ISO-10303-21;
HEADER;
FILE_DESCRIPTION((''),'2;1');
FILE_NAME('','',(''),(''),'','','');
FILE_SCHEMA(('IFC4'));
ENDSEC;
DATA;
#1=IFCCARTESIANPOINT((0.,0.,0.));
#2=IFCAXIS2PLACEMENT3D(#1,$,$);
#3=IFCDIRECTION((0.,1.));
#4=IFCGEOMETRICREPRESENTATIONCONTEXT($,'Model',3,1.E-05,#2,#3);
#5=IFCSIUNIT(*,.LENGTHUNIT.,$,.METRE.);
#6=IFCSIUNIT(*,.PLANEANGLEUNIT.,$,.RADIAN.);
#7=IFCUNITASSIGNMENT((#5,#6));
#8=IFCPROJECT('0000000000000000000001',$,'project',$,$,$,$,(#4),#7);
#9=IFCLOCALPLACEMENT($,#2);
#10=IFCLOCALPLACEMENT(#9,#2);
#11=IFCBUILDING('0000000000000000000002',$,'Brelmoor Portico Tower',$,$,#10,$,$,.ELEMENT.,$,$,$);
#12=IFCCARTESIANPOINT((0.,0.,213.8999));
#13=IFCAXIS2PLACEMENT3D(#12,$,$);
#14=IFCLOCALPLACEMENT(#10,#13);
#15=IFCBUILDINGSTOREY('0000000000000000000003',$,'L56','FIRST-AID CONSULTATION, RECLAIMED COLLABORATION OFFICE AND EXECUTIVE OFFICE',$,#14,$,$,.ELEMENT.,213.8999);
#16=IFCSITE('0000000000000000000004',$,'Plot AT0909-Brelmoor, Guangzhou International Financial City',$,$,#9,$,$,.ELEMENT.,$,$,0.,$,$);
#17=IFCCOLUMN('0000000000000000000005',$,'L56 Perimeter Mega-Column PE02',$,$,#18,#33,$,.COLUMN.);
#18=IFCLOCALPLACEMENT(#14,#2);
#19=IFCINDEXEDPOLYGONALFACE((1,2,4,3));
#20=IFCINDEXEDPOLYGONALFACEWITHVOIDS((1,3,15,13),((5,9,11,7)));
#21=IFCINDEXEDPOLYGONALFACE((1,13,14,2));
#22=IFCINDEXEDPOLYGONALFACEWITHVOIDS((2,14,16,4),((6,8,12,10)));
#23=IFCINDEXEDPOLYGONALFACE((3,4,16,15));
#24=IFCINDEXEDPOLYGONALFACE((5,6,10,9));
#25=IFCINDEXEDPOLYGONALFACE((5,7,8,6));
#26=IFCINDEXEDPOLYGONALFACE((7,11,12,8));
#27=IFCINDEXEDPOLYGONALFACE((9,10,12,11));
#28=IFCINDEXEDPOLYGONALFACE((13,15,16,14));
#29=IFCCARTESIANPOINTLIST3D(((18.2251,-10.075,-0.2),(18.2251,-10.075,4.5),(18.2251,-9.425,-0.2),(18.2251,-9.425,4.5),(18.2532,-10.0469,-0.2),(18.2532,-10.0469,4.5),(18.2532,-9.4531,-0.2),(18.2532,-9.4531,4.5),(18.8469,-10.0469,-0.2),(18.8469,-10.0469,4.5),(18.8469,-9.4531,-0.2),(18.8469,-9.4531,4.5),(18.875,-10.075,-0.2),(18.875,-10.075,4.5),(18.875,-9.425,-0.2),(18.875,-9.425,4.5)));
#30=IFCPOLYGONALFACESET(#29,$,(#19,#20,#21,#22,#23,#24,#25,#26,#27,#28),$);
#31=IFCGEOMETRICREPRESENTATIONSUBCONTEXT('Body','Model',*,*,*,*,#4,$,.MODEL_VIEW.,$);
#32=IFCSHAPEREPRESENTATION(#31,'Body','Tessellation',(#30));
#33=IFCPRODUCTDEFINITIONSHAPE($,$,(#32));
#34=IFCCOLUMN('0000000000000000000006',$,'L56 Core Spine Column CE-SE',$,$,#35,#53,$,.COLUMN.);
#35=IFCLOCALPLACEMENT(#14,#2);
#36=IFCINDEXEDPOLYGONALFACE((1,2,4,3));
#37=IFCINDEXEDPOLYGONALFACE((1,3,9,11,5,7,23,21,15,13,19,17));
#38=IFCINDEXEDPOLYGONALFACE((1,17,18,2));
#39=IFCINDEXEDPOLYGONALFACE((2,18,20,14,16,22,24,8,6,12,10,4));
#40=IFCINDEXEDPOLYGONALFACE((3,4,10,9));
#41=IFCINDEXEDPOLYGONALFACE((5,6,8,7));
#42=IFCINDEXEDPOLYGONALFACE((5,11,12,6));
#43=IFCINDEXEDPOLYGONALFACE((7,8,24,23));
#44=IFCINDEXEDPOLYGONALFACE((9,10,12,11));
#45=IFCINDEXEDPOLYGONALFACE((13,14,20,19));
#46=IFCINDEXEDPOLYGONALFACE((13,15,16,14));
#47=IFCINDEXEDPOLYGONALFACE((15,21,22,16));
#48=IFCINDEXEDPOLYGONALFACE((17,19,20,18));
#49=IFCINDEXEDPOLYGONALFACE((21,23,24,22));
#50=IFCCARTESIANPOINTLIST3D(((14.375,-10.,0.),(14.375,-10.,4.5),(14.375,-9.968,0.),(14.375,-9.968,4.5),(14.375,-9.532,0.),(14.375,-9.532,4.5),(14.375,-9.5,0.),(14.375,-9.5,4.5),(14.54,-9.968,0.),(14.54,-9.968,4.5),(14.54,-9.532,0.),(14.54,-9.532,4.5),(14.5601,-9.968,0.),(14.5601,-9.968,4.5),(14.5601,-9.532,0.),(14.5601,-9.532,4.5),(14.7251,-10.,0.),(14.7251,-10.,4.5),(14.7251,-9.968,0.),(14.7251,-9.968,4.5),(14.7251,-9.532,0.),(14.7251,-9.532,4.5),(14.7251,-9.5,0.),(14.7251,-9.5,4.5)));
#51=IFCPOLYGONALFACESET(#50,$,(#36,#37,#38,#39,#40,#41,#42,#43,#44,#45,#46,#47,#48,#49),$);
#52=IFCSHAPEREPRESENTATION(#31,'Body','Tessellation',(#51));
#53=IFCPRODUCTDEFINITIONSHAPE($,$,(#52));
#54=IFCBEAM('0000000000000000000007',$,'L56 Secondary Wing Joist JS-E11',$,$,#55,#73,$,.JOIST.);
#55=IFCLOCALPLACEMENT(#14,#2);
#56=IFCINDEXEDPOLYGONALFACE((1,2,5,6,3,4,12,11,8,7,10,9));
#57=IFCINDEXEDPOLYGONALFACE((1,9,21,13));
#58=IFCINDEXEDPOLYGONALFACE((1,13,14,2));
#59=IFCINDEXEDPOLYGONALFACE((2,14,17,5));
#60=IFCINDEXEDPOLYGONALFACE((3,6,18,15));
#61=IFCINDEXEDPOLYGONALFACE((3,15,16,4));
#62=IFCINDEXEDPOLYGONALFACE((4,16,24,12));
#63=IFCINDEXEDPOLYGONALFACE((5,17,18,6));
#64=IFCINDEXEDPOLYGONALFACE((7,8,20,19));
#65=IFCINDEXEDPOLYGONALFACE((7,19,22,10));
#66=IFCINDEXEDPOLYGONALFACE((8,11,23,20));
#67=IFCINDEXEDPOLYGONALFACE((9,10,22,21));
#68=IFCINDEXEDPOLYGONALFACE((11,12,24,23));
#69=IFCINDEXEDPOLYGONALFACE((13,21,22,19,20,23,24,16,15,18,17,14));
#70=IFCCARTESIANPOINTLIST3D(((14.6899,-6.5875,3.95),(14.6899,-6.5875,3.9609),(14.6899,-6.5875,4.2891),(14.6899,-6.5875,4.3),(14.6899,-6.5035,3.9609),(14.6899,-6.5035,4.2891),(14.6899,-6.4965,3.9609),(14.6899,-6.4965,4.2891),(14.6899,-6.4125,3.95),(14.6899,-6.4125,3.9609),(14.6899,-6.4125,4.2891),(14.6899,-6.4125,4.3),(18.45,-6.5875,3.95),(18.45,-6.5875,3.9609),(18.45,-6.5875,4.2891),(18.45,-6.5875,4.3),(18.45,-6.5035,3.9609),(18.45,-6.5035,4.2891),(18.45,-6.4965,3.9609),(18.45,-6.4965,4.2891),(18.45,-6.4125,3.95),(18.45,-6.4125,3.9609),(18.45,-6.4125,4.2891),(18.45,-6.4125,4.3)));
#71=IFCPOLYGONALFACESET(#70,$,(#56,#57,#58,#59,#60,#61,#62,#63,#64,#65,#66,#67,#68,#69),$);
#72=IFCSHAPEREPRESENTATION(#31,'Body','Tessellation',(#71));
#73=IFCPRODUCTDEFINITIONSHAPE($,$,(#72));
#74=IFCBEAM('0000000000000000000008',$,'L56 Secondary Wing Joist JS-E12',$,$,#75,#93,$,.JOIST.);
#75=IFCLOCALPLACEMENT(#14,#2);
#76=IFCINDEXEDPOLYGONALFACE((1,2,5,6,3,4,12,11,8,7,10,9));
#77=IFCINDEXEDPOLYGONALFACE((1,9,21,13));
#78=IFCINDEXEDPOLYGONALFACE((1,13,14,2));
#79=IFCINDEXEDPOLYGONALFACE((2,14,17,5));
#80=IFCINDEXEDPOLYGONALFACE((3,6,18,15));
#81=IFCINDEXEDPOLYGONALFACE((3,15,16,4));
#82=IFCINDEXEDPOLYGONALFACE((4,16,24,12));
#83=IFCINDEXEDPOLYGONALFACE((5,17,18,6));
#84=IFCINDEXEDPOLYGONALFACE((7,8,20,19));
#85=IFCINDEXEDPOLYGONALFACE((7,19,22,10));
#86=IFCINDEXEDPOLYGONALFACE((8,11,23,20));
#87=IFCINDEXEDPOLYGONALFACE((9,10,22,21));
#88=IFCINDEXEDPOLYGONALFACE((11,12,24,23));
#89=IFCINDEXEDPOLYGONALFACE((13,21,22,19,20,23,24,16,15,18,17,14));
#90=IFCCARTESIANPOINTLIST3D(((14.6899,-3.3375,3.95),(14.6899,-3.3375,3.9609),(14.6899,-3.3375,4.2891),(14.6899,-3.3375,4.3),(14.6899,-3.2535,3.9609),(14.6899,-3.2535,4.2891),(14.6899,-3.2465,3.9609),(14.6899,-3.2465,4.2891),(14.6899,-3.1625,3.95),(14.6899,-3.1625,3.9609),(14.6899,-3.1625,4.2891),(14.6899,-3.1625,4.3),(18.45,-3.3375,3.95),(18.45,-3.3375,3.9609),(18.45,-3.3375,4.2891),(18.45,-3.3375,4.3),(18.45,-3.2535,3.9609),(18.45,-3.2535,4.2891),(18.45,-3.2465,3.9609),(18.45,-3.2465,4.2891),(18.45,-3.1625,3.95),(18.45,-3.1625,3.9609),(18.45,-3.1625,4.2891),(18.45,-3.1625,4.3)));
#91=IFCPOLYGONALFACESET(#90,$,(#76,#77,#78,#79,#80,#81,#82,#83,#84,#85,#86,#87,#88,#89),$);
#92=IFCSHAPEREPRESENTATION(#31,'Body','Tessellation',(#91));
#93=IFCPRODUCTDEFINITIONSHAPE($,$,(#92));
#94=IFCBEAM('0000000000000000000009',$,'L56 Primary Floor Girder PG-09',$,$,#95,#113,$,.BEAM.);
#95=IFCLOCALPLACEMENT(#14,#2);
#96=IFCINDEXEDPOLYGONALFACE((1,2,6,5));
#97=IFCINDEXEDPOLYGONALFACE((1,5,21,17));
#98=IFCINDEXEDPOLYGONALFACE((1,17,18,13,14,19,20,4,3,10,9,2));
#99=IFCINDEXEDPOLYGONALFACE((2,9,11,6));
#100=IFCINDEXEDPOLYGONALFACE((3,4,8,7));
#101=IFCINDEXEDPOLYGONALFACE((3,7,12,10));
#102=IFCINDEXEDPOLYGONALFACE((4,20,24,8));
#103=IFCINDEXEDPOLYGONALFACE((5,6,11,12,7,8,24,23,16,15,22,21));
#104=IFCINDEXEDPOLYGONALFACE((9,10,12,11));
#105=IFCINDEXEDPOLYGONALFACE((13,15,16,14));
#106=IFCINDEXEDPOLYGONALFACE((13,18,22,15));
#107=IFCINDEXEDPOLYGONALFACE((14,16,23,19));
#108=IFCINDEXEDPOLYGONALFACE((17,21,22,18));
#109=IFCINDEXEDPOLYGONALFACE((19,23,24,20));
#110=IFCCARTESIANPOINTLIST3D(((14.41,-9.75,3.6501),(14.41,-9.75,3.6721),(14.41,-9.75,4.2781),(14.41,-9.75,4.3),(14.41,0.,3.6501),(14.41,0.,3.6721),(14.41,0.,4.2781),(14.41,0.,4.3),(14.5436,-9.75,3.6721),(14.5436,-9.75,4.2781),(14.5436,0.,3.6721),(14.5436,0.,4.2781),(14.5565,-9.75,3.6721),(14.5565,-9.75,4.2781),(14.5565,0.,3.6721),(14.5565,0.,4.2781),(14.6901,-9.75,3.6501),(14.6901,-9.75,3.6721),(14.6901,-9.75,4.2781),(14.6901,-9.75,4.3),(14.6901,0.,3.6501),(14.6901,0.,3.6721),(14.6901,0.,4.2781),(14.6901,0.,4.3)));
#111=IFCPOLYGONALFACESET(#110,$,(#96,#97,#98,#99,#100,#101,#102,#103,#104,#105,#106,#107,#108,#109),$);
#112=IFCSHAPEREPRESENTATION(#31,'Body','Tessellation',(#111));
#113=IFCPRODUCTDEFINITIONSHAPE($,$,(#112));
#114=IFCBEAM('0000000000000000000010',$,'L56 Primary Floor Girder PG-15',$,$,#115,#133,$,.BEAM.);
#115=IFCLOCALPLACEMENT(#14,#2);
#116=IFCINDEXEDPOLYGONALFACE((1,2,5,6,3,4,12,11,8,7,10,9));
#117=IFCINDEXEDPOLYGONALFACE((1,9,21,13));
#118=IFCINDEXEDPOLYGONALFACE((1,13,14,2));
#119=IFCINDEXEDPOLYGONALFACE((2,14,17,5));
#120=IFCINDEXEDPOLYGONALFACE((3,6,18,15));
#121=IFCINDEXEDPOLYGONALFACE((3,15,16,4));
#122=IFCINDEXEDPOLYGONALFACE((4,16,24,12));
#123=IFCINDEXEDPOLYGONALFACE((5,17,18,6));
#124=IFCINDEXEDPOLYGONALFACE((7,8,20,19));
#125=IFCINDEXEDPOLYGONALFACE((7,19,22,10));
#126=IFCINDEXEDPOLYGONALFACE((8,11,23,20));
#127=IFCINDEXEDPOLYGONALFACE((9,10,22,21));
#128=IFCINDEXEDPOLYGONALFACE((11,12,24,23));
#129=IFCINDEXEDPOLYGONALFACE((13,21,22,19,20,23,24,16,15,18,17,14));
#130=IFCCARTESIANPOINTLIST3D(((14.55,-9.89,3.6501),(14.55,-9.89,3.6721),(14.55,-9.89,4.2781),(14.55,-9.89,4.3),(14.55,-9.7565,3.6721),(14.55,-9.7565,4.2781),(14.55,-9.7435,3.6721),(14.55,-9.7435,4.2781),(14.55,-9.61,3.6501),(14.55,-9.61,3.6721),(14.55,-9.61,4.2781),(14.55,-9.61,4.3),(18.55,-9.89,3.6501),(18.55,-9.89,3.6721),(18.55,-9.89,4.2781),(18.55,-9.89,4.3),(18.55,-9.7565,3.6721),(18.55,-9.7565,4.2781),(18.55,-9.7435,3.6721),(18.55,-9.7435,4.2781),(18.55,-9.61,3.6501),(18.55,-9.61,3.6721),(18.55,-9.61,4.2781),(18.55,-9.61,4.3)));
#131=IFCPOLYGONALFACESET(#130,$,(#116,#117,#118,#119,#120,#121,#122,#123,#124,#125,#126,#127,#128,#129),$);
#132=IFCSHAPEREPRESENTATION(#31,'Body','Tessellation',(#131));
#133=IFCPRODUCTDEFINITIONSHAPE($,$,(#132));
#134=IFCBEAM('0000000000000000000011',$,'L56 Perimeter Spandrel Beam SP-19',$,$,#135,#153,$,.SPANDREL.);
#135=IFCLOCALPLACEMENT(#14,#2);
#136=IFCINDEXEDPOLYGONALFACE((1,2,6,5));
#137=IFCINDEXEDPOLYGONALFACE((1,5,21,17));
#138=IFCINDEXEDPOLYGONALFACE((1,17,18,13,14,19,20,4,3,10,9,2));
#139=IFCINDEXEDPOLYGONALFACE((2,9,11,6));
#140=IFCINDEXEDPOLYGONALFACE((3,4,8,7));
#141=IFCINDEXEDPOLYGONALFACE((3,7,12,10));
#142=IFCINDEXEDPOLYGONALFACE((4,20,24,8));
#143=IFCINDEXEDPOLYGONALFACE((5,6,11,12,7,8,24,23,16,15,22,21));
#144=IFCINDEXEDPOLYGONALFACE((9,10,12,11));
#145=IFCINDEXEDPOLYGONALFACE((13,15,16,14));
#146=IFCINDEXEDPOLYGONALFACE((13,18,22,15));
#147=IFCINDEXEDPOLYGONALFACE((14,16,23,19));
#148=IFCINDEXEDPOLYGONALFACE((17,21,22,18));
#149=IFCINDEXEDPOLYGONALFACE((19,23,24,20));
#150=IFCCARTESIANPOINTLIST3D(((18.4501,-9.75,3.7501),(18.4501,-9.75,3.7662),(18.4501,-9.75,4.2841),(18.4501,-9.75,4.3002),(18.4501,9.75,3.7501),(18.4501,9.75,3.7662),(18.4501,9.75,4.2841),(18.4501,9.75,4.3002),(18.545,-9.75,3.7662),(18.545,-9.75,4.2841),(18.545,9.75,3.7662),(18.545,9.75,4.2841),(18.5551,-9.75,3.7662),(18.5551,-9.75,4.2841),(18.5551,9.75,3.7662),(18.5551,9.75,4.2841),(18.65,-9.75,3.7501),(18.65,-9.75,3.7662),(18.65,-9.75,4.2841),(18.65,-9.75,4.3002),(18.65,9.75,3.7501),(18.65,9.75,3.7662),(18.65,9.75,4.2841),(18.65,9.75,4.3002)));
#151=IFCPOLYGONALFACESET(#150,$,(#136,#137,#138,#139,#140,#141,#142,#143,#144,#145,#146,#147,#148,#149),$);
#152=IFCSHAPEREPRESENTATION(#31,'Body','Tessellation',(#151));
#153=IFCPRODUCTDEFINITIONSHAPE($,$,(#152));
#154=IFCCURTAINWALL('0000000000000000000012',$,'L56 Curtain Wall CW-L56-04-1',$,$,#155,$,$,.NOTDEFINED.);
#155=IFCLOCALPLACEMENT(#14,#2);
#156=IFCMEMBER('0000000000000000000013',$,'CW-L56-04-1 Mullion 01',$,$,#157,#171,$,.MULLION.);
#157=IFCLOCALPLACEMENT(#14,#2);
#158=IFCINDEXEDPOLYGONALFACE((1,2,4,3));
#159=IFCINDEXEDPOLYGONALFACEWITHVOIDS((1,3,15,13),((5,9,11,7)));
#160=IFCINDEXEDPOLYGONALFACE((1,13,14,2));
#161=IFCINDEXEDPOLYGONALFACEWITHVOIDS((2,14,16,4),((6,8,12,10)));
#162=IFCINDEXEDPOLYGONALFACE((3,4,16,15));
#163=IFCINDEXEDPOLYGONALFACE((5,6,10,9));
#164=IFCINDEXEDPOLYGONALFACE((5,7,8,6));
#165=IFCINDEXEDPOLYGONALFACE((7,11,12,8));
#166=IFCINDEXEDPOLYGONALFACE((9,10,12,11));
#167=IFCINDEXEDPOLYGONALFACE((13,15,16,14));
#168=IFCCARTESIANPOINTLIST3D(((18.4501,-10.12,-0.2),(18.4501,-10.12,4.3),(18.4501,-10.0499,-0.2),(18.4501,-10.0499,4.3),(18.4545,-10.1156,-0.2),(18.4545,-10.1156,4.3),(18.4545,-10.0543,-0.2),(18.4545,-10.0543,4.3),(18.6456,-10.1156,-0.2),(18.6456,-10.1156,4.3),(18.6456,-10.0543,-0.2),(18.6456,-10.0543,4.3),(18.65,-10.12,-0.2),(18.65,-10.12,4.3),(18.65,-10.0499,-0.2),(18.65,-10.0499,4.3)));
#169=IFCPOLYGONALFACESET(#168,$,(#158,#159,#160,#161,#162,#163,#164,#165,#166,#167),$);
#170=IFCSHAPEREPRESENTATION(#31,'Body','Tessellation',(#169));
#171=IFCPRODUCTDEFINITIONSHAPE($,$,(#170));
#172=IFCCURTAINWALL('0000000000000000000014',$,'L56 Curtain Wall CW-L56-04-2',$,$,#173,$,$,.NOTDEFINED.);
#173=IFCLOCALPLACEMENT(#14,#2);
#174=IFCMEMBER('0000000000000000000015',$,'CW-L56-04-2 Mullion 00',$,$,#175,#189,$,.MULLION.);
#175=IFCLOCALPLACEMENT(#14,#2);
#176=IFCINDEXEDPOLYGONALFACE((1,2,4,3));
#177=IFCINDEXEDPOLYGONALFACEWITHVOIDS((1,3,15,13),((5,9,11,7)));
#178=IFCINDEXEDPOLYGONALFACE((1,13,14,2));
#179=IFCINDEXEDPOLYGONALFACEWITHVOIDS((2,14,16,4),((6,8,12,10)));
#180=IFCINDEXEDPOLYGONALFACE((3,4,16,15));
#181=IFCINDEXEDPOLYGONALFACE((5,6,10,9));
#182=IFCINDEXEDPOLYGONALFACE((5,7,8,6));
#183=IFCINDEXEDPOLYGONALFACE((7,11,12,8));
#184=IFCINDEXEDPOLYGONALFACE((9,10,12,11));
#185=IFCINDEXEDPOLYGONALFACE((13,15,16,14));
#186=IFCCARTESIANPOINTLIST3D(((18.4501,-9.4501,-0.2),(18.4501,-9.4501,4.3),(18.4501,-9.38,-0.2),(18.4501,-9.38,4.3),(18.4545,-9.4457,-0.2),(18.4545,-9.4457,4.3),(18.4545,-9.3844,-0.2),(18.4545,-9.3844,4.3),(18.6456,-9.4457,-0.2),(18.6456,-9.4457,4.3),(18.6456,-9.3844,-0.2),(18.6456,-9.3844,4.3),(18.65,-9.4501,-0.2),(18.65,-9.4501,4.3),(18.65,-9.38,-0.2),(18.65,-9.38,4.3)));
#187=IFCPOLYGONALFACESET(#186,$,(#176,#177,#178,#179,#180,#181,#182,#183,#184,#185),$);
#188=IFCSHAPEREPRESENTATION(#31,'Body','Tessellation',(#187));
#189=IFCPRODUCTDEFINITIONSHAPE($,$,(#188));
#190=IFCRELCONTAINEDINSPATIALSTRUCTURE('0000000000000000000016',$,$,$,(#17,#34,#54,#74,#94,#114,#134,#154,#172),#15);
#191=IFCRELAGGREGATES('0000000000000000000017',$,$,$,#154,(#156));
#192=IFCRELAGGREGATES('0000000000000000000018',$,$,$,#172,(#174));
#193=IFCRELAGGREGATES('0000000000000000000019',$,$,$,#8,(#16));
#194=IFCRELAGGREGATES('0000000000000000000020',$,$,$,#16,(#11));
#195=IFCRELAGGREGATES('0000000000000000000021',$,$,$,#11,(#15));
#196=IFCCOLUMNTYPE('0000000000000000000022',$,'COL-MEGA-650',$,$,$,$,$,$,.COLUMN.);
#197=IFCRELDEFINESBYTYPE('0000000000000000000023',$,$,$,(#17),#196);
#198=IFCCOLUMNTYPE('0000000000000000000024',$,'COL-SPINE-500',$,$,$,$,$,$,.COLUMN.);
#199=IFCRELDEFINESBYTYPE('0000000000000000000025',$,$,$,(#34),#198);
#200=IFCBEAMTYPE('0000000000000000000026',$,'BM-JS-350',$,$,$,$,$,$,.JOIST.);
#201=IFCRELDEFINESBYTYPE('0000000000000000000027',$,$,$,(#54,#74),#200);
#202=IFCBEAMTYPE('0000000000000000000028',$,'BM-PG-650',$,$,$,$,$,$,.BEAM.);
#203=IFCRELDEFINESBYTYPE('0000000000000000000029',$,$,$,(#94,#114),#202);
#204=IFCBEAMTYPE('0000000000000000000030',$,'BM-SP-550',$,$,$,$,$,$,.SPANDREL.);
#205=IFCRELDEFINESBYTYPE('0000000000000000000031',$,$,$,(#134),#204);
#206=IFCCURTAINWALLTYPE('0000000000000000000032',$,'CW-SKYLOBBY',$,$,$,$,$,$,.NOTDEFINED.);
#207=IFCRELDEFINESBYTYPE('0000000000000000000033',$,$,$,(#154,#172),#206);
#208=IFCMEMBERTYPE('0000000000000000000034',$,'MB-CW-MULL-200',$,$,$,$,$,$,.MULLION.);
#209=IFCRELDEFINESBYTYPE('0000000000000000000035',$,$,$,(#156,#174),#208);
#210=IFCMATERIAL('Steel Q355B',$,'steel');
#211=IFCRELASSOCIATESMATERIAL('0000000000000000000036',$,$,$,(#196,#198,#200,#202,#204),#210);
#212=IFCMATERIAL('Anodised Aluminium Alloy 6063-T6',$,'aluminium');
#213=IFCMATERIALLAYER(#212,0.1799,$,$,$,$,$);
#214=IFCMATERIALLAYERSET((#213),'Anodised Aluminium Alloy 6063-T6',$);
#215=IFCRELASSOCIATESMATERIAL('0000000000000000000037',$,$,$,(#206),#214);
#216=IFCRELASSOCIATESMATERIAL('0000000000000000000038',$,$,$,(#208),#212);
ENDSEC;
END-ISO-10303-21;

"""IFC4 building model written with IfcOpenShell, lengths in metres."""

from ifc_helpers import new_model, si_unit, direction, frame, origin, origin_2d, place, context, subcontext, project, spatial, hollow_rectangle, i_section, extrude, material, layer, layer_set, material_profile, profile_set, type_object, element, aggregate, save


model = new_model("IFC4")

# Units and contexts
model_context = context("Model", 3, precision=1e-05, world=origin(), true_north=direction((0.0, 1.0)))
body_context = subcontext(model_context, "Body", "Model", "MODEL_VIEW")
ifc_project = project(units=[si_unit("LENGTHUNIT", "METRE"), si_unit("PLANEANGLEUNIT", "RADIAN")], contexts=[model_context])

# Site, building, storey
site_placement = place(None, origin())
site = spatial("IfcSite", under=ifc_project, at=site_placement, Name="Plot AT0909-Brelmoor, Guangzhou International Financial City", CompositionType="ELEMENT", RefElevation=0.0)
building_placement = place(site_placement, origin())
building = spatial("IfcBuilding", under=site, at=building_placement, Name="Brelmoor Portico Tower", CompositionType="ELEMENT")
storey_placement = place(building_placement, frame((0.0, 0.0, 213.8999)))
storey = spatial("IfcBuildingStorey", under=building, at=storey_placement, Name="L56", Description="FIRST-AID CONSULTATION, RECLAIMED COLLABORATION OFFICE AND EXECUTIVE OFFICE", CompositionType="ELEMENT", Elevation=213.8999)

# Columns
ifc_material_1 = material(Name="Steel Q355B", Category="steel")
ifc_material_profile_1 = material_profile(ifc_material_1, hollow_rectangle(XDim=0.6499, YDim=0.6499, WallThickness=0.0281, at=origin_2d()), Name="BOX 650x650x28")
ifc_profile_set_1 = profile_set([ifc_material_profile_1], Name="Steel Q355B")
column_type_1 = type_object("IfcColumnType", Name="COL-MEGA-650", PredefinedType="COLUMN", material=ifc_profile_set_1)
column_1_placement = place(storey_placement, frame((18.55, -9.75, -0.2), z_axis=(0.0, 0.0, 1.0), x_axis=(0.0, 1.0, 0.0)))
element("IfcColumn", 1, at=column_1_placement, inside=storey, type_object=column_type_1, Name="L56 Perimeter Mega-Column PE02", PredefinedType="COLUMN", context=body_context, shape_type="SweptSolid", body=[
    extrude(hollow_rectangle(XDim=0.6499, YDim=0.6499, WallThickness=0.0281, at=origin_2d()), origin(), (0.0, 0.0, 1.0), 4.7),
])
ifc_material_profile_2 = material_profile(ifc_material_1, i_section(OverallWidth=0.3501, OverallDepth=0.5, WebThickness=0.02, FlangeThickness=0.032, at=origin_2d()), Name="HW 500x350x20x32")
ifc_profile_set_2 = profile_set([ifc_material_profile_2], Name="Steel Q355B")
column_type_2 = type_object("IfcColumnType", Name="COL-SPINE-500", PredefinedType="COLUMN", material=ifc_profile_set_2)
column_2_placement = place(storey_placement, frame((14.55, -9.75, 0.0), z_axis=(0.0, 0.0, 1.0), x_axis=(1.0, 0.0, 0.0)))
element("IfcColumn", 2, at=column_2_placement, inside=storey, type_object=column_type_2, Name="L56 Core Spine Column CE-SE", PredefinedType="COLUMN", context=body_context, shape_type="SweptSolid", body=[
    extrude(i_section(OverallWidth=0.3501, OverallDepth=0.5, WebThickness=0.02, FlangeThickness=0.032, at=origin_2d()), origin(), (0.0, 0.0, 1.0), 4.5),
])

# Beams
ifc_material_profile_3 = material_profile(ifc_material_1, i_section(OverallWidth=0.175, OverallDepth=0.3501, WebThickness=0.0071, FlangeThickness=0.011, at=origin_2d()), Name="HN 350x175x7x11")
ifc_profile_set_3 = profile_set([ifc_material_profile_3], Name="Steel Q355B")
beam_type_1 = type_object("IfcBeamType", Name="BM-JS-350", PredefinedType="JOIST", material=ifc_profile_set_3)
for number, where, z_axis, x_axis, name in (
    (3, (14.6899, -6.5, 4.125), (1.0, 0.0, 0.0), (0.0, 1.0, 0.0), "L56 Secondary Wing Joist JS-E11"),
    (4, (14.6899, -3.25, 4.125), (1.0, 0.0, 0.0), (0.0, 1.0, 0.0), "L56 Secondary Wing Joist JS-E12"),
):
    element("IfcBeam", number, at=place(storey_placement, frame(where, z_axis=z_axis, x_axis=x_axis)), inside=storey, type_object=beam_type_1, Name=name, PredefinedType="JOIST", context=body_context, shape_type="SweptSolid", body=[
        extrude(i_section(OverallWidth=0.175, OverallDepth=0.3501, WebThickness=0.0071, FlangeThickness=0.011, at=origin_2d()), origin(), (0.0, 0.0, 1.0), 3.76),
    ])
ifc_material_profile_4 = material_profile(ifc_material_1, i_section(OverallWidth=0.28, OverallDepth=0.6499, WebThickness=0.0129, FlangeThickness=0.022, at=origin_2d()), Name="HN 650x280x13x22")
ifc_profile_set_4 = profile_set([ifc_material_profile_4], Name="Steel Q355B")
beam_type_2 = type_object("IfcBeamType", Name="BM-PG-650", PredefinedType="BEAM", material=ifc_profile_set_4)
beam_1_placement = place(storey_placement, frame((14.55, -9.75, 3.9751), z_axis=(0.0, 1.0, 0.0), x_axis=(-1.0, 0.0, 0.0)))
element("IfcBeam", 5, at=beam_1_placement, inside=storey, type_object=beam_type_2, Name="L56 Primary Floor Girder PG-09", PredefinedType="BEAM", context=body_context, shape_type="SweptSolid", body=[
    extrude(i_section(OverallWidth=0.28, OverallDepth=0.6499, WebThickness=0.0129, FlangeThickness=0.022, at=origin_2d()), origin(), (0.0, 0.0, 1.0), 9.75),
])
beam_2_placement = place(storey_placement, frame((14.55, -9.75, 3.9751), z_axis=(1.0, 0.0, 0.0), x_axis=(0.0, 1.0, 0.0)))
element("IfcBeam", 6, at=beam_2_placement, inside=storey, type_object=beam_type_2, Name="L56 Primary Floor Girder PG-15", PredefinedType="BEAM", context=body_context, shape_type="SweptSolid", body=[
    extrude(i_section(OverallWidth=0.28, OverallDepth=0.6499, WebThickness=0.0129, FlangeThickness=0.022, at=origin_2d()), origin(), (0.0, 0.0, 1.0), 4.0),
])
ifc_material_profile_5 = material_profile(ifc_material_1, i_section(OverallWidth=0.2, OverallDepth=0.55, WebThickness=0.01, FlangeThickness=0.0161, at=origin_2d()), Name="HN 550x200x10x16")
ifc_profile_set_5 = profile_set([ifc_material_profile_5], Name="Steel Q355B")
beam_type_3 = type_object("IfcBeamType", Name="BM-SP-550", PredefinedType="SPANDREL", material=ifc_profile_set_5)
beam_3_placement = place(storey_placement, frame((18.55, -9.75, 4.0251), z_axis=(0.0, 1.0, 0.0), x_axis=(-1.0, 0.0, 0.0)))
element("IfcBeam", 7, at=beam_3_placement, inside=storey, type_object=beam_type_3, Name="L56 Perimeter Spandrel Beam SP-19", PredefinedType="SPANDREL", context=body_context, shape_type="SweptSolid", body=[
    extrude(i_section(OverallWidth=0.2, OverallDepth=0.55, WebThickness=0.01, FlangeThickness=0.0161, at=origin_2d()), origin(), (0.0, 0.0, 1.0), 19.5),
])

# Curtain wall, member
ifc_material_2 = material(Name="Anodised Aluminium Alloy 6063-T6", Category="aluminium")
ifc_layer_1 = layer(ifc_material_2, 0.1799)
ifc_layer_set_1 = layer_set([ifc_layer_1], Name="Anodised Aluminium Alloy 6063-T6")
curtain_wall_type = type_object("IfcCurtainWallType", Name="CW-SKYLOBBY", PredefinedType="NOTDEFINED", material=ifc_layer_set_1)
curtain_wall_1_placement = place(storey_placement, origin())
curtain_wall_1 = element("IfcCurtainWall", 8, at=curtain_wall_1_placement, inside=storey, type_object=curtain_wall_type, Name="L56 Curtain Wall CW-L56-04-1", PredefinedType="NOTDEFINED")
ifc_material_profile_6 = material_profile(ifc_material_2, hollow_rectangle(XDim=0.0701, YDim=0.2, WallThickness=0.0044, at=origin_2d()), Name="ALU MULLION 70x200")
ifc_profile_set_6 = profile_set([ifc_material_profile_6], Name="Anodised Aluminium Alloy 6063-T6")
member_type_1 = type_object("IfcMemberType", Name="MB-CW-MULL-200", PredefinedType="MULLION", material=ifc_profile_set_6)
member_1_placement = place(storey_placement, frame((18.55, -10.085, -0.2), z_axis=(0.0, 0.0, 1.0), x_axis=(0.0, 1.0, 0.0)))
member_1 = element("IfcMember", 9, at=member_1_placement, type_object=member_type_1, Name="CW-L56-04-1 Mullion 01", PredefinedType="MULLION", context=body_context, shape_type="SweptSolid", body=[
    extrude(hollow_rectangle(XDim=0.0701, YDim=0.2, WallThickness=0.0044, at=origin_2d()), origin(), (0.0, 0.0, 1.0), 4.5),
])

# Curtain wall, member
curtain_wall_2_placement = place(storey_placement, origin())
curtain_wall_2 = element("IfcCurtainWall", 10, at=curtain_wall_2_placement, inside=storey, type_object=curtain_wall_type, Name="L56 Curtain Wall CW-L56-04-2", PredefinedType="NOTDEFINED")
member_2_placement = place(storey_placement, frame((18.55, -9.415, -0.2), z_axis=(0.0, 0.0, 1.0), x_axis=(0.0, 1.0, 0.0)))
member_2 = element("IfcMember", 11, at=member_2_placement, type_object=member_type_1, Name="CW-L56-04-2 Mullion 00", PredefinedType="MULLION", context=body_context, shape_type="SweptSolid", body=[
    extrude(hollow_rectangle(XDim=0.0701, YDim=0.2, WallThickness=0.0044, at=origin_2d()), origin(), (0.0, 0.0, 1.0), 4.5),
])

aggregate(curtain_wall_1, [member_1])
aggregate(curtain_wall_2, [member_2])

save(model, "model.ifc")
